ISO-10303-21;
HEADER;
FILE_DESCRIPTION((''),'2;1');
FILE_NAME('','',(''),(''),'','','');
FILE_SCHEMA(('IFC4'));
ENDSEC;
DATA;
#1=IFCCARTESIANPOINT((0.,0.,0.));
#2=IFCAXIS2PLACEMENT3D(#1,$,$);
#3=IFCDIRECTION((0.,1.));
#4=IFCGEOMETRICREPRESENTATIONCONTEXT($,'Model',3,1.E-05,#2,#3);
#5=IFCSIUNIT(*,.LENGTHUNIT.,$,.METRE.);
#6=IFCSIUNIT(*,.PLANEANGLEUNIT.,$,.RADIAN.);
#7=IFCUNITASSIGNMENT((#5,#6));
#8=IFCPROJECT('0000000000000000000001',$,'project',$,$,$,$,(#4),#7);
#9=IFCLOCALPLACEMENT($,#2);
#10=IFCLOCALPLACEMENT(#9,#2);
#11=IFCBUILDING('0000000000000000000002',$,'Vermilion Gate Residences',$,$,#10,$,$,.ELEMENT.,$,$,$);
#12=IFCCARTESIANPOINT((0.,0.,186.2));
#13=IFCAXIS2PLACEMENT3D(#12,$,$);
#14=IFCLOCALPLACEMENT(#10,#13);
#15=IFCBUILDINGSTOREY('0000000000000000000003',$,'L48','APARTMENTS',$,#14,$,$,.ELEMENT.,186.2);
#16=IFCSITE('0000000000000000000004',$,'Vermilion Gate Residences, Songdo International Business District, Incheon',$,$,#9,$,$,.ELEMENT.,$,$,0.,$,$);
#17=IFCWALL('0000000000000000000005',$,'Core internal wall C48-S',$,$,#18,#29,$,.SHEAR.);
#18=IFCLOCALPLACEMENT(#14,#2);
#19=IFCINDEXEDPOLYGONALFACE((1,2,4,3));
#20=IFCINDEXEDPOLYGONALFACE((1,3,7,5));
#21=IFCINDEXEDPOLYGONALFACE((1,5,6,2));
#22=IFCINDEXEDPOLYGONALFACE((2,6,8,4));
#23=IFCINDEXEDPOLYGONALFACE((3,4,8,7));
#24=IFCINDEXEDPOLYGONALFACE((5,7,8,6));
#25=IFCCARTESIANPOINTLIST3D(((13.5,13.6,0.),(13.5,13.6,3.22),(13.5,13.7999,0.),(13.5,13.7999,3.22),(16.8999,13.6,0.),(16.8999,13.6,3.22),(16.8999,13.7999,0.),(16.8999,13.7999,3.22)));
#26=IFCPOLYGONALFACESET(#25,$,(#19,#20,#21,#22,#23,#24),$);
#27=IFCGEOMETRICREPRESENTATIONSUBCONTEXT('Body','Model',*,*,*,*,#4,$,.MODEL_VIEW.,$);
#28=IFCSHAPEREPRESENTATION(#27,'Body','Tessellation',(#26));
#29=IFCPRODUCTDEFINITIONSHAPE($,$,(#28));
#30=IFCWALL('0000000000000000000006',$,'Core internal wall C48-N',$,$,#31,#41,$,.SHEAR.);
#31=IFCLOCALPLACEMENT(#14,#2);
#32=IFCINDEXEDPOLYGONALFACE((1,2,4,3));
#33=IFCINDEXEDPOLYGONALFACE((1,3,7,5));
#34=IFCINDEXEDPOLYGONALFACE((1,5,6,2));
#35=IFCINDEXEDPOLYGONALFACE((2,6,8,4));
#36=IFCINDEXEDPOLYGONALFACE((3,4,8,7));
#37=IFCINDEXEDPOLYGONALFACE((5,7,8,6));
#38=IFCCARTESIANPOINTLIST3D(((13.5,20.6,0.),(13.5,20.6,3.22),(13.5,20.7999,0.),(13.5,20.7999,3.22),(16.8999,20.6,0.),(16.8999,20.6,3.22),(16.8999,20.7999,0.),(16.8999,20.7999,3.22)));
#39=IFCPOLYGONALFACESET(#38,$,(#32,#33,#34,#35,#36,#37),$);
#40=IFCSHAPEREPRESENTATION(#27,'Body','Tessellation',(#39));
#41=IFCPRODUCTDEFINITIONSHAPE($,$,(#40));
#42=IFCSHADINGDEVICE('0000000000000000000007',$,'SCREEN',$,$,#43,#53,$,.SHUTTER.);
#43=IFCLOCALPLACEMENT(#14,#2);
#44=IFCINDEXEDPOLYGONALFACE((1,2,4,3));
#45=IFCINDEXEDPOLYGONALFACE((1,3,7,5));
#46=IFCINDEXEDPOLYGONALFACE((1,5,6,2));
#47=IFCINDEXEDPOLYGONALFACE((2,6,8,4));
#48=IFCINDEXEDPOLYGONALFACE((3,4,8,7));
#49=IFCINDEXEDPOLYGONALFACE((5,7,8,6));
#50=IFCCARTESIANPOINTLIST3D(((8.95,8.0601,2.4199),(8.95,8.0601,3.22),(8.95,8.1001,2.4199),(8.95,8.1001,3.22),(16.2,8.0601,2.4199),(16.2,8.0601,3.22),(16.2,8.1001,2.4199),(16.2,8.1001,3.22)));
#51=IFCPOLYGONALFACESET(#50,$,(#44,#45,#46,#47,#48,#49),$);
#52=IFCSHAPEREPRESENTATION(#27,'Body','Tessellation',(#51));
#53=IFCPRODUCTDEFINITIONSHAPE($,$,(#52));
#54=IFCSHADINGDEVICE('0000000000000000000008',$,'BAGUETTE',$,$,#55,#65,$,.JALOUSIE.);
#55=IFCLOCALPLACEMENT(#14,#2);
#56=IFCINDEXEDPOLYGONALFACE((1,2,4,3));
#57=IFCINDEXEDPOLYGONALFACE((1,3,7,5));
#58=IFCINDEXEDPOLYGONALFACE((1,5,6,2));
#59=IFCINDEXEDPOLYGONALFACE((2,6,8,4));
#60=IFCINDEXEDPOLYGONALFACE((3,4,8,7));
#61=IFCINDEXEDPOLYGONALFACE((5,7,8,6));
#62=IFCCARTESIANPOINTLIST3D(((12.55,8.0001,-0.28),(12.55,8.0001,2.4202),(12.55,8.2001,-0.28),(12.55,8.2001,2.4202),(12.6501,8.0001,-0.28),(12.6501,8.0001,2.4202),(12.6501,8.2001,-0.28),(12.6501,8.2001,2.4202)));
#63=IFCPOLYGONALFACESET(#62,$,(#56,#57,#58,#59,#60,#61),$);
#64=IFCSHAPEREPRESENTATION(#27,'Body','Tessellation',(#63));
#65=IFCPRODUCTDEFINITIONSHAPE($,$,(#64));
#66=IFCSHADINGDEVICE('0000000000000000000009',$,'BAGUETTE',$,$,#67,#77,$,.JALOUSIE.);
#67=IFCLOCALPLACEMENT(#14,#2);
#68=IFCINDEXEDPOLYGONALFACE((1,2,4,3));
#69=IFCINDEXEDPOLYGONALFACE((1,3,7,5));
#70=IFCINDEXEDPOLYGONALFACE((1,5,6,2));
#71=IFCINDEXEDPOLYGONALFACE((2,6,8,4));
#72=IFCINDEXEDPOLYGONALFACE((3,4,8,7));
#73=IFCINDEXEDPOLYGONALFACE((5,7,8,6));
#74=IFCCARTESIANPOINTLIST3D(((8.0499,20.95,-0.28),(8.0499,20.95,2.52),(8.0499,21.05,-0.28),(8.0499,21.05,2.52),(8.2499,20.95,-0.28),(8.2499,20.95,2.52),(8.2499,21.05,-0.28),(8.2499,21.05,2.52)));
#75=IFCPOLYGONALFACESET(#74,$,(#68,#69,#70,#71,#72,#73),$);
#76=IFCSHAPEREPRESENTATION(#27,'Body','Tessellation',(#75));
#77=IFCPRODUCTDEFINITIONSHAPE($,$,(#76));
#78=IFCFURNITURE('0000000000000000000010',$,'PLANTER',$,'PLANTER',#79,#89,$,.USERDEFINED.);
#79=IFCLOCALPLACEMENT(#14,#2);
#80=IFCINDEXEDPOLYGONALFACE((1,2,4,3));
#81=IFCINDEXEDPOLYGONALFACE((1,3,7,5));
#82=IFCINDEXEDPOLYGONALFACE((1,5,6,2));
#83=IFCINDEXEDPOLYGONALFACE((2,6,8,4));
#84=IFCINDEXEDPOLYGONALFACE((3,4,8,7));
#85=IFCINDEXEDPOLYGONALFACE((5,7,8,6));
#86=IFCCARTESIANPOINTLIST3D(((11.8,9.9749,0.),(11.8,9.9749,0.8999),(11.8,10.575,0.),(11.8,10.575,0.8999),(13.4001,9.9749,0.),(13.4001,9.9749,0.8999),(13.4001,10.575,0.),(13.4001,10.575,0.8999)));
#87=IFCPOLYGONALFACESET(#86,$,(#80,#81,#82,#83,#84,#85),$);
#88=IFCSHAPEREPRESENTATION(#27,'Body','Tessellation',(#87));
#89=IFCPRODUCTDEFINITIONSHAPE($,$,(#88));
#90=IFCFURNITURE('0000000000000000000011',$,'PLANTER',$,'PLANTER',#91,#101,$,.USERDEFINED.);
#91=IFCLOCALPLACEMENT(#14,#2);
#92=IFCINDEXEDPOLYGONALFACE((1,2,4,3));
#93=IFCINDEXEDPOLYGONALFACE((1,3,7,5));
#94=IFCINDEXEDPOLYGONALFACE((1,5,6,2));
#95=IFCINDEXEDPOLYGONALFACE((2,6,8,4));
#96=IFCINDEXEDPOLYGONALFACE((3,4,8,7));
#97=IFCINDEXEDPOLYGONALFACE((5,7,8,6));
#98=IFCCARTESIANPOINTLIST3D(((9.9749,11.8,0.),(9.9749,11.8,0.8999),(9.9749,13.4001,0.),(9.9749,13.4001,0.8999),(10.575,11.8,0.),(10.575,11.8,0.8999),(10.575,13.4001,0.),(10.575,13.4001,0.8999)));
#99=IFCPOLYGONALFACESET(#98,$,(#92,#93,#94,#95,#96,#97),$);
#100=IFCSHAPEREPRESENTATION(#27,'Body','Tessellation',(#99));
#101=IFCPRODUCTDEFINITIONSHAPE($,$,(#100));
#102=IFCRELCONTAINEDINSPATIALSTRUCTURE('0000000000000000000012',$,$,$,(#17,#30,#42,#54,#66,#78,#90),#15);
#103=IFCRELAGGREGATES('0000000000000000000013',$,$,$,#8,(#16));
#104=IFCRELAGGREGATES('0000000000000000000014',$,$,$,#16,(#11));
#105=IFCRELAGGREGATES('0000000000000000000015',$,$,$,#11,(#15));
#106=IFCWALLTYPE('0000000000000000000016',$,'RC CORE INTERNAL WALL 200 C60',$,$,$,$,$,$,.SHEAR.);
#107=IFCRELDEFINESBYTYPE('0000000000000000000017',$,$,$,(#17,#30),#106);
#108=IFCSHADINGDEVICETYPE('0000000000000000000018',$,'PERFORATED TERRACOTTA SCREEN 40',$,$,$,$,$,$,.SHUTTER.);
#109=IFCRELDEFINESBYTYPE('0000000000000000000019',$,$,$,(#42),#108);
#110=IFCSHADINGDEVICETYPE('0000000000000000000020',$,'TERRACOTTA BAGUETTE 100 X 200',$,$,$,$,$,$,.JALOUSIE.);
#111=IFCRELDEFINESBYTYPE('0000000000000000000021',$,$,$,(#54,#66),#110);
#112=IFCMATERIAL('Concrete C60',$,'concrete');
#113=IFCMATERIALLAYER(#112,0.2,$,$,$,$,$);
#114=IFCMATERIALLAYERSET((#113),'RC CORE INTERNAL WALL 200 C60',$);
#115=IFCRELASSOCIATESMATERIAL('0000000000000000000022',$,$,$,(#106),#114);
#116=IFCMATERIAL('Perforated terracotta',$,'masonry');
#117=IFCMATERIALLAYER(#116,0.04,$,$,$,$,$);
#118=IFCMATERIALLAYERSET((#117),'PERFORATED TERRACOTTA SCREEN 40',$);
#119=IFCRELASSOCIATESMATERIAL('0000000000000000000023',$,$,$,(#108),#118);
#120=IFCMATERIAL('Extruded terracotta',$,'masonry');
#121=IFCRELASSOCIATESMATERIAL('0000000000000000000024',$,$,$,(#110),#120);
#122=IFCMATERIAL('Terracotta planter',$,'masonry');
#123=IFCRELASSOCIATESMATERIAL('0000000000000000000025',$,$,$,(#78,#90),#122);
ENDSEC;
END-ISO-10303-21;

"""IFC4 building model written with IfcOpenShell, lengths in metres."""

from ifc_helpers import new_model, si_unit, direction, frame, frame_2d, origin, origin_2d, place, context, subcontext, project, spatial, rectangle, extrude, material, layer, layer_set, material_profile, profile_set, type_object, element, save


model = new_model("IFC4")

# Units and contexts
model_context = context("Model", 3, precision=1e-05, world=origin(), true_north=direction((0.0, 1.0)))
body_context = subcontext(model_context, "Body", "Model", "MODEL_VIEW")
ifc_project = project(units=[si_unit("LENGTHUNIT", "METRE"), si_unit("PLANEANGLEUNIT", "RADIAN")], contexts=[model_context])

# Site, building, storey
site_placement = place(None, origin())
site = spatial("IfcSite", under=ifc_project, at=site_placement, Name="Vermilion Gate Residences, Songdo International Business District, Incheon", CompositionType="ELEMENT", RefElevation=0.0)
building_placement = place(site_placement, origin())
building = spatial("IfcBuilding", under=site, at=building_placement, Name="Vermilion Gate Residences", CompositionType="ELEMENT")
storey_placement = place(building_placement, frame((0.0, 0.0, 186.2)))
storey = spatial("IfcBuildingStorey", under=building, at=storey_placement, Name="L48", Description="APARTMENTS", CompositionType="ELEMENT", Elevation=186.2)

# Walls
ifc_material_1 = material(Name="Concrete C60", Category="concrete")
ifc_layer_1 = layer(ifc_material_1, 0.2)
ifc_layer_set_1 = layer_set([ifc_layer_1], Name="RC CORE INTERNAL WALL 200 C60")
wall_type_1 = type_object("IfcWallType", Name="RC CORE INTERNAL WALL 200 C60", PredefinedType="SHEAR", material=ifc_layer_set_1)
for number, where, z_axis, x_axis, name in (
    (1, (13.5, 13.7, 0.0), (0.0, 0.0, 1.0), (1.0, 0.0, 0.0), "Core internal wall C48-S"),
    (2, (13.5, 20.7, 0.0), (0.0, 0.0, 1.0), (1.0, 0.0, 0.0), "Core internal wall C48-N"),
):
    element("IfcWall", number, at=place(storey_placement, frame(where, z_axis=z_axis, x_axis=x_axis)), inside=storey, type_object=wall_type_1, Name=name, PredefinedType="SHEAR", context=body_context, shape_type="SweptSolid", body=[
        extrude(rectangle(XDim=3.3999, YDim=0.2, at=frame_2d((1.7, 0.0))), origin(), (0.0, 0.0, 1.0), 3.22),
    ])

# Shading devices
ifc_material_2 = material(Name="Perforated terracotta", Category="masonry")
ifc_layer_2 = layer(ifc_material_2, 0.04)
ifc_layer_set_2 = layer_set([ifc_layer_2], Name="PERFORATED TERRACOTTA SCREEN 40")
shading_device_type_1 = type_object("IfcShadingDeviceType", Name="PERFORATED TERRACOTTA SCREEN 40", PredefinedType="SHUTTER", material=ifc_layer_set_2)
shading_device_1_placement = place(storey_placement, frame((12.575, 8.0801, 2.4199), z_axis=(0.0, 0.0, 1.0), x_axis=(1.0, 0.0, 0.0)))
element("IfcShadingDevice", 3, at=shading_device_1_placement, inside=storey, type_object=shading_device_type_1, Name="SCREEN", PredefinedType="SHUTTER", context=body_context, shape_type="SweptSolid", body=[
    extrude(rectangle(XDim=7.25, YDim=0.04, at=origin_2d()), origin(), (0.0, 0.0, 1.0), 0.8),
])
ifc_material_3 = material(Name="Extruded terracotta", Category="masonry")
ifc_material_profile_1 = material_profile(ifc_material_3, rectangle(XDim=0.2, YDim=0.1001, at=origin_2d()), Name="BAGUETTE 100 X 200")
ifc_profile_set_1 = profile_set([ifc_material_profile_1], Name="Extruded terracotta")
shading_device_type_2 = type_object("IfcShadingDeviceType", Name="TERRACOTTA BAGUETTE 100 X 200", PredefinedType="JALOUSIE", material=ifc_profile_set_1)
shading_device_2_placement = place(storey_placement, frame((12.6001, 8.1001, -0.28), z_axis=(0.0, 0.0, 1.0), x_axis=(0.0, 1.0, 0.0)))
element("IfcShadingDevice", 4, at=shading_device_2_placement, inside=storey, type_object=shading_device_type_2, Name="BAGUETTE", PredefinedType="JALOUSIE", context=body_context, shape_type="SweptSolid", body=[
    extrude(rectangle(XDim=0.2, YDim=0.1001, at=origin_2d()), origin(), (0.0, 0.0, 1.0), 2.7002),
])
shading_device_3_placement = place(storey_placement, frame((8.1499, 21.0, -0.28), z_axis=(0.0, 0.0, 1.0), x_axis=(1.0, 0.0, 0.0)))
element("IfcShadingDevice", 5, at=shading_device_3_placement, inside=storey, type_object=shading_device_type_2, Name="BAGUETTE", PredefinedType="JALOUSIE", context=body_context, shape_type="SweptSolid", body=[
    extrude(rectangle(XDim=0.2, YDim=0.1001, at=origin_2d()), origin(), (0.0, 0.0, 1.0), 2.8),
])

# Furniture
ifc_material_4 = material(Name="Terracotta planter", Category="masonry")
for number, where, z_axis, x_axis, name in (
    (6, (12.6001, 10.2749, 0.0), (0.0, 0.0, 1.0), (1.0, 0.0, 0.0), "PLANTER"),
    (7, (10.2749, 12.6001, 0.0), (0.0, 0.0, 1.0), (0.0, -1.0, 0.0), "PLANTER"),
):
    element("IfcFurniture", number, at=place(storey_placement, frame(where, z_axis=z_axis, x_axis=x_axis)), inside=storey, material=ifc_material_4, Name=name, ObjectType="PLANTER", PredefinedType="USERDEFINED", context=body_context, shape_type="SweptSolid", body=[
        extrude(rectangle(XDim=1.6001, YDim=0.6001, at=origin_2d()), origin(), (0.0, 0.0, 1.0), 0.8999),
    ])

save(model, "model.ifc")
